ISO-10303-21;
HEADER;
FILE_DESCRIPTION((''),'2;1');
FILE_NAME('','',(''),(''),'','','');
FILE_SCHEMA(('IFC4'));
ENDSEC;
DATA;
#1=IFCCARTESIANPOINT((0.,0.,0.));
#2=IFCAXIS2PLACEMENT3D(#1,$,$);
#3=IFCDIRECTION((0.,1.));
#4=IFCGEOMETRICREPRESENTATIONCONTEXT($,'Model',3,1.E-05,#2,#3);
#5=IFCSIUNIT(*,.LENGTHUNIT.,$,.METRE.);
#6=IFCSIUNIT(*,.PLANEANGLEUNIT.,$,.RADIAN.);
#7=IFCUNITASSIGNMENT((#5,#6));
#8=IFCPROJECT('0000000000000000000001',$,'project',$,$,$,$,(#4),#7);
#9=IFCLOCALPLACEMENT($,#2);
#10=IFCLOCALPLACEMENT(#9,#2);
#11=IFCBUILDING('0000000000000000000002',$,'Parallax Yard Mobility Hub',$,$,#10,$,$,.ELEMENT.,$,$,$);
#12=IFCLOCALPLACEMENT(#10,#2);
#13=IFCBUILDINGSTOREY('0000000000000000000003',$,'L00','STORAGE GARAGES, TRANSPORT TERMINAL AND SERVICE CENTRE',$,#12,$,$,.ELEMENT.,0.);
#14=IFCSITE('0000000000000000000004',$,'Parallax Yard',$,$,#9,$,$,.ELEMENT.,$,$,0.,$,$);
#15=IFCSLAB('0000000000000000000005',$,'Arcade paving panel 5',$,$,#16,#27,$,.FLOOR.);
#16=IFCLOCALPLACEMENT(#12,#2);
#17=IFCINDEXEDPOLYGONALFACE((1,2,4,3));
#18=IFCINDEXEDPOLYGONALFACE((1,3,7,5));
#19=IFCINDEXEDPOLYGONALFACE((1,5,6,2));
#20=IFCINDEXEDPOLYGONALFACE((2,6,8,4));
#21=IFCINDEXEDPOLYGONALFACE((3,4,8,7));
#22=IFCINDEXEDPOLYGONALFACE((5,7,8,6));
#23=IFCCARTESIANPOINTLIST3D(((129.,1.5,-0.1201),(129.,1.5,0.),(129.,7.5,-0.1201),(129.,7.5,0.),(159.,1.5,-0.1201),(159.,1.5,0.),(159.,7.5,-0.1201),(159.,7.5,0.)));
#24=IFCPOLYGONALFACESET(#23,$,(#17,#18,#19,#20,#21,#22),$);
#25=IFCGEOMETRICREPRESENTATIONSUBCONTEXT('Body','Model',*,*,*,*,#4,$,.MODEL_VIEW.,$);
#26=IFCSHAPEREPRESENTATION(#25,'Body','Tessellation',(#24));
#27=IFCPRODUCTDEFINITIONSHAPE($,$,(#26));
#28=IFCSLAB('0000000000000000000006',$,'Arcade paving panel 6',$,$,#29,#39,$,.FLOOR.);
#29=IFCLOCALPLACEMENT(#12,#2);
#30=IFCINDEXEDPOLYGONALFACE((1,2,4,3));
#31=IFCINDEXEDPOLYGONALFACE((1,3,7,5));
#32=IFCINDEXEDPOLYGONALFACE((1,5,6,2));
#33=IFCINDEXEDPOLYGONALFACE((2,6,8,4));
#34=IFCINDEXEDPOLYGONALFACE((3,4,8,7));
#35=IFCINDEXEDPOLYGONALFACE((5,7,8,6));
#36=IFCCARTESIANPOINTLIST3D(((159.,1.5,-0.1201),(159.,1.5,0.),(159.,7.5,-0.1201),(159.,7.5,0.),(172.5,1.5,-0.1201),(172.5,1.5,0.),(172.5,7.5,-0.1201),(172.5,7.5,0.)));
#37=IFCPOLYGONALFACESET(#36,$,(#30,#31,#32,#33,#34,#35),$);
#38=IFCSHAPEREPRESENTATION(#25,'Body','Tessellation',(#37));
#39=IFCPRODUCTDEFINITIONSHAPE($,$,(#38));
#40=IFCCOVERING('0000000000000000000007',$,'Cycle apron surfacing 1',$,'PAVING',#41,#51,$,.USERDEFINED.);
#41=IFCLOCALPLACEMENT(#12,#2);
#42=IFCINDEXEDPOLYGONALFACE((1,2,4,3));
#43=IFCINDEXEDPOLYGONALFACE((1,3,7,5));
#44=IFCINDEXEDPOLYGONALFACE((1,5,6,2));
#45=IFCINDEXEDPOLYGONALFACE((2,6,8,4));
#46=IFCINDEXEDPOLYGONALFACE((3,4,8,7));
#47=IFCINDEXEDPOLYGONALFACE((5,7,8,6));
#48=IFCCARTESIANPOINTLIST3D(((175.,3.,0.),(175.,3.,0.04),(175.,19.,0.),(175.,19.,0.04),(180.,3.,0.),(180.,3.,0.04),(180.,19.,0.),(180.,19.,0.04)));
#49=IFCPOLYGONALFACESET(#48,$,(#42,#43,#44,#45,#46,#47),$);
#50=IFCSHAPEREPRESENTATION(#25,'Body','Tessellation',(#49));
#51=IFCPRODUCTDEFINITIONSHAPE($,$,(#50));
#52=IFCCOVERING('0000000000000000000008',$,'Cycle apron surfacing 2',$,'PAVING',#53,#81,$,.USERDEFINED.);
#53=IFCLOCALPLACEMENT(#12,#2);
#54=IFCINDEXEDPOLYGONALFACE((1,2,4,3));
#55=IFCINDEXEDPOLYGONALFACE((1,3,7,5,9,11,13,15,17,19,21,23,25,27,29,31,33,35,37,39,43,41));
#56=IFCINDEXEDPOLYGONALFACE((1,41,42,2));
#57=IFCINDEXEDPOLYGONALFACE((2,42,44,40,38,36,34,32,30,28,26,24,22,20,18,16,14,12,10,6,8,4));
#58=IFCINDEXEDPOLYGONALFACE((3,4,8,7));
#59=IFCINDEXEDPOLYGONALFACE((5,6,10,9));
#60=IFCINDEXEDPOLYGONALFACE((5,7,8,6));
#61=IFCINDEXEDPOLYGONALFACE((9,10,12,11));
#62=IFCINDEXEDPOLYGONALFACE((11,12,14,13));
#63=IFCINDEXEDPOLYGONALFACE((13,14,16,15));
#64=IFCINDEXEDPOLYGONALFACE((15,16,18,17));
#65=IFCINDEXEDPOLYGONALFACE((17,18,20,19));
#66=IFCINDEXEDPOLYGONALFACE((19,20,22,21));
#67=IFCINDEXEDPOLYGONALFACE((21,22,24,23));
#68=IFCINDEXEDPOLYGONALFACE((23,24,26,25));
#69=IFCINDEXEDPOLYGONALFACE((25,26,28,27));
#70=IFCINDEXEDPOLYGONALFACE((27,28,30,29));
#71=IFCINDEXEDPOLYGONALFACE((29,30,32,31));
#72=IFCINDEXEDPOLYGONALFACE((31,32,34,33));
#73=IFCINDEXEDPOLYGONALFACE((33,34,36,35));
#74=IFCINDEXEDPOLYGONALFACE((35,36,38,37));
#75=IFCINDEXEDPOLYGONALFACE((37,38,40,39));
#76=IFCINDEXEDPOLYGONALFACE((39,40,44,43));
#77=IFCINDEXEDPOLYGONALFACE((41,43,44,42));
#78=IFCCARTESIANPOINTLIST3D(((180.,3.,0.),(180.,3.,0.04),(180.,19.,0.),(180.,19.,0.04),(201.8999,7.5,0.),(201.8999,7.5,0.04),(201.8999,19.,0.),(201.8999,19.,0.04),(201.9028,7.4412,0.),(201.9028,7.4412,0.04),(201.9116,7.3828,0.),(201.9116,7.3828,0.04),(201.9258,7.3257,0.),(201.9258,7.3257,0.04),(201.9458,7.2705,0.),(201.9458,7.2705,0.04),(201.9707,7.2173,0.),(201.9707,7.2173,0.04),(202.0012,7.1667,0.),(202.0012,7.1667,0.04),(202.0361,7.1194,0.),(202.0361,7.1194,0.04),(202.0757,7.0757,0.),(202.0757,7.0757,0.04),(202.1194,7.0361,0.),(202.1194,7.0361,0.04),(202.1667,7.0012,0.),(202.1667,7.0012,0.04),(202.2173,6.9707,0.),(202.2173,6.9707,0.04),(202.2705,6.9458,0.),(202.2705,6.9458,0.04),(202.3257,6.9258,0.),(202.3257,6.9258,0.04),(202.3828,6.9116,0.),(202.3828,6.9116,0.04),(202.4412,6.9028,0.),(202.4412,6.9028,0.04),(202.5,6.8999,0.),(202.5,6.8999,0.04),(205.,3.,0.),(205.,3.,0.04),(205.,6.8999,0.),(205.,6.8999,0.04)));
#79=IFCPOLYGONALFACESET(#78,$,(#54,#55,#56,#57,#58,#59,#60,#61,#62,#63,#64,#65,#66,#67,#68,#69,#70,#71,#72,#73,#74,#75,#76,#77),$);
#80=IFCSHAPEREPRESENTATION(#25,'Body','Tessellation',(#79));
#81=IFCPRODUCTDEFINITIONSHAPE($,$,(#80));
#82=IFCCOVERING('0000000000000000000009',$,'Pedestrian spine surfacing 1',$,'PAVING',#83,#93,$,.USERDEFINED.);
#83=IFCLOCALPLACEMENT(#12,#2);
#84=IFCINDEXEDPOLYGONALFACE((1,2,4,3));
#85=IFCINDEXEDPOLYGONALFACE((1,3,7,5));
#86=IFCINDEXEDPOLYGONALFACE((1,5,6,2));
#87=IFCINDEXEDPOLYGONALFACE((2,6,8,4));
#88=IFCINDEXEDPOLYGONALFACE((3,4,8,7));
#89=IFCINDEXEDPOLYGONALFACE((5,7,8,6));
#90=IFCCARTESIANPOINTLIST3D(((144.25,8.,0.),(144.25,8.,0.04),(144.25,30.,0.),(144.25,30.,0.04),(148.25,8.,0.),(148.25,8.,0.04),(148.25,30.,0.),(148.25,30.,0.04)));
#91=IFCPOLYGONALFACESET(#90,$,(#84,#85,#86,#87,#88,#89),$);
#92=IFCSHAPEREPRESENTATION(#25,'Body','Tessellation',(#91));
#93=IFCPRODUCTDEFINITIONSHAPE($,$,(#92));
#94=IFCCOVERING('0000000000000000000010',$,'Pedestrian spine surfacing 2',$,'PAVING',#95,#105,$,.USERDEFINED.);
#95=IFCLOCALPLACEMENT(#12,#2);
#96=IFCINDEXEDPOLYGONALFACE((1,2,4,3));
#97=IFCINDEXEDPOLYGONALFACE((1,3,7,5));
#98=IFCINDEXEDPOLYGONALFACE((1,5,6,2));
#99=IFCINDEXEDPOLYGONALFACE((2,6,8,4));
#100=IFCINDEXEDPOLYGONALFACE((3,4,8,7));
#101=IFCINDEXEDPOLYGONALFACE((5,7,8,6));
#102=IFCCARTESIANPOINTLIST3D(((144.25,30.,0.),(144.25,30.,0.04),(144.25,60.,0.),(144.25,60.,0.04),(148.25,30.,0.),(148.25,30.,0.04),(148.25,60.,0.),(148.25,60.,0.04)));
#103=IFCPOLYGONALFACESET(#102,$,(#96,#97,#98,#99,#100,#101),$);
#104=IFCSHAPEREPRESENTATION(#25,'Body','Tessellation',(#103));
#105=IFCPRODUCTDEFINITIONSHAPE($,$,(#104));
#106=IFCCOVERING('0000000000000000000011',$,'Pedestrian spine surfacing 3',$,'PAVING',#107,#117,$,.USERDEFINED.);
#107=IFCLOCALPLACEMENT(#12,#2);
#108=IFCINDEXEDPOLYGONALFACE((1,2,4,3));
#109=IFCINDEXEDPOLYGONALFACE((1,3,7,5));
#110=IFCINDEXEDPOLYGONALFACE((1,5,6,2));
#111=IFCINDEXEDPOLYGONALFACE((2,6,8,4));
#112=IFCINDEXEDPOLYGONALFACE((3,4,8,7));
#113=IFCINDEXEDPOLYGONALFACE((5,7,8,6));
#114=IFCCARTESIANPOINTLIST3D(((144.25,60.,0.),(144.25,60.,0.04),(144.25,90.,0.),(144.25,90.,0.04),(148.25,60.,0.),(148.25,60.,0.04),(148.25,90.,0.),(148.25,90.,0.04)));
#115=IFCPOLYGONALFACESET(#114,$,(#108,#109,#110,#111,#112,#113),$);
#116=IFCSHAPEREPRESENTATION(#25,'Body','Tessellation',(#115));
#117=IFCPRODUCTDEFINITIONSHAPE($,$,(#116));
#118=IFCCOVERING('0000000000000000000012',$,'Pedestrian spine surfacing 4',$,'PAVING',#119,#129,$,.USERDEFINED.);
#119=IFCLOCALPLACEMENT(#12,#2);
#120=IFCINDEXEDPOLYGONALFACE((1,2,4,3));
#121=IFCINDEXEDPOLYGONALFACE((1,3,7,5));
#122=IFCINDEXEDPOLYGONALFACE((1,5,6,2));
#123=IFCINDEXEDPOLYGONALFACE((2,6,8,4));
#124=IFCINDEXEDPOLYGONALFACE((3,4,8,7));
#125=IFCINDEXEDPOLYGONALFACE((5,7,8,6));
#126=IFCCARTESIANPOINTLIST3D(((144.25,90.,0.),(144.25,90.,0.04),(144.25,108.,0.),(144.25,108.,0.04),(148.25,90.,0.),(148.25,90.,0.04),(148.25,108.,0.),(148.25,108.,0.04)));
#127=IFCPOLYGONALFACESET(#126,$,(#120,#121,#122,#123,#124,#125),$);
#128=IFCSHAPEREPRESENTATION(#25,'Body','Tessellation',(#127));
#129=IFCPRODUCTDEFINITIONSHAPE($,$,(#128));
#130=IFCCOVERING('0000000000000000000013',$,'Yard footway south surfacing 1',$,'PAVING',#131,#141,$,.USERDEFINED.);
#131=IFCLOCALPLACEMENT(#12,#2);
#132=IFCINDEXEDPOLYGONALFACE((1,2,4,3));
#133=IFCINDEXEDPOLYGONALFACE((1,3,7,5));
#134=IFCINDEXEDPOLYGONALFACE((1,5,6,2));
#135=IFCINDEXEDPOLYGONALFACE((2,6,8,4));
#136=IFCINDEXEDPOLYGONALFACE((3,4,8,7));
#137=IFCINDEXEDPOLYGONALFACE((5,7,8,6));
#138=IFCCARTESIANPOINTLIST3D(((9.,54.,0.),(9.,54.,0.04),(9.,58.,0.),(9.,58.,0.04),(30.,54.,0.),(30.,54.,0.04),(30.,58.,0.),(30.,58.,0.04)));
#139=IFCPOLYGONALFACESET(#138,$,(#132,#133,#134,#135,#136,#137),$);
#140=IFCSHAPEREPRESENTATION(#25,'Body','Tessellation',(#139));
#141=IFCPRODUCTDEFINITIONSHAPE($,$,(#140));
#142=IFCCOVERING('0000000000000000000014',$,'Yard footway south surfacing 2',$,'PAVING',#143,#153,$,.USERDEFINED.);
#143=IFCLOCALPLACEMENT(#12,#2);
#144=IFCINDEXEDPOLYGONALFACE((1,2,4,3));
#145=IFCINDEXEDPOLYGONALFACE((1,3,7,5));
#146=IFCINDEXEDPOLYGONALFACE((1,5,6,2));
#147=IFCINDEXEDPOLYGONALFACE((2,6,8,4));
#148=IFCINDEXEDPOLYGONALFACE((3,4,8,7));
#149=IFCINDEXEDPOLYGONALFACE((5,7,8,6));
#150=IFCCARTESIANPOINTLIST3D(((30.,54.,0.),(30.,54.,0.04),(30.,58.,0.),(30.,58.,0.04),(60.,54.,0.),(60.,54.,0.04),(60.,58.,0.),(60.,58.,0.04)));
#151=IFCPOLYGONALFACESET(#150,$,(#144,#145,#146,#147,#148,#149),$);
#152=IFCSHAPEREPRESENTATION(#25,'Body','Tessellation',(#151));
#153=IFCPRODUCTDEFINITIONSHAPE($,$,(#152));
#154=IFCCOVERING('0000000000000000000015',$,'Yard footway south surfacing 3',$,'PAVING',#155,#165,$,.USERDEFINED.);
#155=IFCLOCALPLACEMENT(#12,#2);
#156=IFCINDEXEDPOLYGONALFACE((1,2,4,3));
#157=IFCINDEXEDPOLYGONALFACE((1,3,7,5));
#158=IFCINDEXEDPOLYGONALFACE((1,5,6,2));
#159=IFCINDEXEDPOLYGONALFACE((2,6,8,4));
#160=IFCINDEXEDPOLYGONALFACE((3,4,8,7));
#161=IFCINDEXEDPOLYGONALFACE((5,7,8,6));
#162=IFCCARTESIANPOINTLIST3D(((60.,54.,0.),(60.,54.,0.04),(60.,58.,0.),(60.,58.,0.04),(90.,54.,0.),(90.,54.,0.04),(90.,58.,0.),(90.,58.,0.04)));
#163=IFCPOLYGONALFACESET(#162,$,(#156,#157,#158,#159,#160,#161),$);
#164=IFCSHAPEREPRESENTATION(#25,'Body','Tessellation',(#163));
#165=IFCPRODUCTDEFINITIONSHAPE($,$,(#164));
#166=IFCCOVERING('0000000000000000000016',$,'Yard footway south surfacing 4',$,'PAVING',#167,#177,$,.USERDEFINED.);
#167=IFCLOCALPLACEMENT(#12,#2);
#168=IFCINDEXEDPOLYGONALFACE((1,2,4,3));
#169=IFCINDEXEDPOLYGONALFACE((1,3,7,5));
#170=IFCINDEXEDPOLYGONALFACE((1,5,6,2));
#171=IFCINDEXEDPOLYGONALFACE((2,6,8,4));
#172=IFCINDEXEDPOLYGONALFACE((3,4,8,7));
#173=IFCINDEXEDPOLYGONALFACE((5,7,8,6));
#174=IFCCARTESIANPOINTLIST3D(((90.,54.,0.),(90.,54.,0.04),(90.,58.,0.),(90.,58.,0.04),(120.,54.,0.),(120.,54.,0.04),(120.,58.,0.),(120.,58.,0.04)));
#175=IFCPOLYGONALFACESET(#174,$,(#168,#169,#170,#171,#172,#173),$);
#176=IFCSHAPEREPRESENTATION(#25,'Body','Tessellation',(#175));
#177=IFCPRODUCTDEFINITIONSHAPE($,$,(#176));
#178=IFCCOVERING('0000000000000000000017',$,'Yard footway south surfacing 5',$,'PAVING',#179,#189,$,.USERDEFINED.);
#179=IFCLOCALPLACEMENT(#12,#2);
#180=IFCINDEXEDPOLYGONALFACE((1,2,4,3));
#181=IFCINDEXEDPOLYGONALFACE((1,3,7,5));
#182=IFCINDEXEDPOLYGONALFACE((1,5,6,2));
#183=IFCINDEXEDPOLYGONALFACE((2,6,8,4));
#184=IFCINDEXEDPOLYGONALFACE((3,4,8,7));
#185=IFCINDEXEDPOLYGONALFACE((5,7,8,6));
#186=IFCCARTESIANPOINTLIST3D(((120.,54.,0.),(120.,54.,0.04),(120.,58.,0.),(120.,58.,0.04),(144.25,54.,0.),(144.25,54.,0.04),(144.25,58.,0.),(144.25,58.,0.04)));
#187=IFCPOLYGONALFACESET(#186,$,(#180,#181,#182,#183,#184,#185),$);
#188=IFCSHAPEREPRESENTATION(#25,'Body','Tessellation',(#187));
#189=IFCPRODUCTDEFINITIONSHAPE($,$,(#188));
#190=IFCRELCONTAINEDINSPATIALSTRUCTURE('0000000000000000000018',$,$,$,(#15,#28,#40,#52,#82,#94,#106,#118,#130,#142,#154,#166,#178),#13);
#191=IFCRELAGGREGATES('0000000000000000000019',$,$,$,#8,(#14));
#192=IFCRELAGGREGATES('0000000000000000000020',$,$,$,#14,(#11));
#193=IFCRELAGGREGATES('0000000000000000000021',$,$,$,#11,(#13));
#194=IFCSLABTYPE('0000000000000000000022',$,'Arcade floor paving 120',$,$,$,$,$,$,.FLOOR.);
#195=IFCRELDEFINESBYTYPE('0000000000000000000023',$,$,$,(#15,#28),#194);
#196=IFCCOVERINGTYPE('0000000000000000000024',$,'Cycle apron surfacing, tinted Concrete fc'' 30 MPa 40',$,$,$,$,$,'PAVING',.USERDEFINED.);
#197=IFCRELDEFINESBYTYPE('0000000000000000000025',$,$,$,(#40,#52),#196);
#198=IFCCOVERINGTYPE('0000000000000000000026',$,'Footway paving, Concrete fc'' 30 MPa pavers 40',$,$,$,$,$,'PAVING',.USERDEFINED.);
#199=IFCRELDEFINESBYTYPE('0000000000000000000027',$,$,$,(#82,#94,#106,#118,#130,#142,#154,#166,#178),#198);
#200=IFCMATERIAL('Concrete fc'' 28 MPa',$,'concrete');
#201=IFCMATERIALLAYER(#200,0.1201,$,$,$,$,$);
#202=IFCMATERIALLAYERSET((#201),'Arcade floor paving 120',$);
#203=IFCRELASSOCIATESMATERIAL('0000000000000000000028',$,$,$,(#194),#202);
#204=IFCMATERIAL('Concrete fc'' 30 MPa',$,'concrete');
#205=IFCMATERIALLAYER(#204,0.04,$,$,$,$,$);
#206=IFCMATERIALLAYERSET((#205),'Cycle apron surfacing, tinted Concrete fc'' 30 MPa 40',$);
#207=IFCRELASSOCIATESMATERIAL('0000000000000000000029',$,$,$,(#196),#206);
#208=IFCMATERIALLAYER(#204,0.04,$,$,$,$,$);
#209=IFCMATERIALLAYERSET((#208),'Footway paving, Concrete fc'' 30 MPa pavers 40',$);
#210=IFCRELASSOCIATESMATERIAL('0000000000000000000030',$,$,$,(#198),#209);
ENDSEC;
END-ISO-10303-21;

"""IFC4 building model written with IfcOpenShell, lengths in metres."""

from ifc_helpers import new_model, si_unit, direction, frame, origin, place, context, subcontext, project, spatial, polyline, outline, extrude, material, layer, layer_set, type_object, element, save


model = new_model("IFC4")

# Units and contexts
model_context = context("Model", 3, precision=1e-05, world=origin(), true_north=direction((0.0, 1.0)))
body_context = subcontext(model_context, "Body", "Model", "MODEL_VIEW")
ifc_project = project(units=[si_unit("LENGTHUNIT", "METRE"), si_unit("PLANEANGLEUNIT", "RADIAN")], contexts=[model_context])

# Site, building, storey
site_placement = place(None, origin())
site = spatial("IfcSite", under=ifc_project, at=site_placement, Name="Parallax Yard", CompositionType="ELEMENT", RefElevation=0.0)
building_placement = place(site_placement, origin())
building = spatial("IfcBuilding", under=site, at=building_placement, Name="Parallax Yard Mobility Hub", CompositionType="ELEMENT")
storey_placement = place(building_placement, origin())
storey = spatial("IfcBuildingStorey", under=building, at=storey_placement, Name="L00", Description="STORAGE GARAGES, TRANSPORT TERMINAL AND SERVICE CENTRE", CompositionType="ELEMENT", Elevation=0.0)

# Slabs
ifc_material_1 = material(Name="Concrete fc' 28 MPa", Category="concrete")
ifc_layer_1 = layer(ifc_material_1, 0.1201)
ifc_layer_set_1 = layer_set([ifc_layer_1], Name="Arcade floor paving 120")
slab_type = type_object("IfcSlabType", Name="Arcade floor paving 120", PredefinedType="FLOOR", material=ifc_layer_set_1)
slab_1_placement = place(storey_placement, frame((0.0, 0.0, -0.1201)))
element("IfcSlab", 1, at=slab_1_placement, inside=storey, type_object=slab_type, Name="Arcade paving panel 5", PredefinedType="FLOOR", context=body_context, shape_type="SweptSolid", body=[
    extrude(outline(polyline([(159.0, 1.5), (159.0, 7.5), (129.0, 7.5), (129.0, 1.5), (159.0, 1.5)])), origin(), (0.0, 0.0, 1.0), 0.1201),
])
slab_2_placement = place(storey_placement, frame((0.0, 0.0, -0.1201)))
element("IfcSlab", 2, at=slab_2_placement, inside=storey, type_object=slab_type, Name="Arcade paving panel 6", PredefinedType="FLOOR", context=body_context, shape_type="SweptSolid", body=[
    extrude(outline(polyline([(172.5, 1.5), (172.5, 7.5), (159.0, 7.5), (159.0, 1.5), (172.5, 1.5)])), origin(), (0.0, 0.0, 1.0), 0.1201),
])

# Coverings
ifc_material_2 = material(Name="Concrete fc' 30 MPa", Category="concrete")
ifc_layer_2 = layer(ifc_material_2, 0.04)
ifc_layer_set_2 = layer_set([ifc_layer_2], Name="Cycle apron surfacing, tinted Concrete fc' 30 MPa 40")
covering_type_1 = type_object("IfcCoveringType", Name="Cycle apron surfacing, tinted Concrete fc' 30 MPa 40", ElementType="PAVING", PredefinedType="USERDEFINED", material=ifc_layer_set_2)
covering_1_placement = place(storey_placement, origin())
element("IfcCovering", 3, at=covering_1_placement, inside=storey, type_object=covering_type_1, Name="Cycle apron surfacing 1", ObjectType="PAVING", PredefinedType="USERDEFINED", context=body_context, shape_type="SweptSolid", body=[
    extrude(outline(polyline([(175.0, 19.0), (180.0, 19.0), (180.0, 3.0), (175.0, 3.0), (175.0, 19.0)])), origin(), (0.0, 0.0, 1.0), 0.04),
])
covering_2_placement = place(storey_placement, origin())
element("IfcCovering", 4, at=covering_2_placement, inside=storey, type_object=covering_type_1, Name="Cycle apron surfacing 2", ObjectType="PAVING", PredefinedType="USERDEFINED", context=body_context, shape_type="SweptSolid", body=[
    extrude(outline(polyline([(201.8999, 19.0), (201.8999, 7.5), (201.9028, 7.4412), (201.9116, 7.3828), (201.9258, 7.3257), (201.9458, 7.2705), (201.9707, 7.2173), (202.0012, 7.1667), (202.0361, 7.1194), (202.0757, 7.0757), (202.1194, 7.0361), (202.1667, 7.0012), (202.2173, 6.9707), (202.2705, 6.9458), (202.3257, 6.9258), (202.3828, 6.9116), (202.4412, 6.9028), (202.5, 6.8999), (205.0, 6.8999), (205.0, 3.0), (180.0, 3.0), (180.0, 19.0), (201.8999, 19.0)])), origin(), (0.0, 0.0, 1.0), 0.04),
])
ifc_layer_3 = layer(ifc_material_2, 0.04)
ifc_layer_set_3 = layer_set([ifc_layer_3], Name="Footway paving, Concrete fc' 30 MPa pavers 40")
covering_type_2 = type_object("IfcCoveringType", Name="Footway paving, Concrete fc' 30 MPa pavers 40", ElementType="PAVING", PredefinedType="USERDEFINED", material=ifc_layer_set_3)
covering_3_placement = place(storey_placement, origin())
element("IfcCovering", 5, at=covering_3_placement, inside=storey, type_object=covering_type_2, Name="Pedestrian spine surfacing 1", ObjectType="PAVING", PredefinedType="USERDEFINED", context=body_context, shape_type="SweptSolid", body=[
    extrude(outline(polyline([(148.25, 8.0), (144.25, 8.0), (144.25, 30.0), (148.25, 30.0), (148.25, 8.0)])), origin(), (0.0, 0.0, 1.0), 0.04),
])
covering_4_placement = place(storey_placement, origin())
element("IfcCovering", 6, at=covering_4_placement, inside=storey, type_object=covering_type_2, Name="Pedestrian spine surfacing 2", ObjectType="PAVING", PredefinedType="USERDEFINED", context=body_context, shape_type="SweptSolid", body=[
    extrude(outline(polyline([(148.25, 30.0), (144.25, 30.0), (144.25, 60.0), (148.25, 60.0), (148.25, 30.0)])), origin(), (0.0, 0.0, 1.0), 0.04),
])
covering_5_placement = place(storey_placement, origin())
element("IfcCovering", 7, at=covering_5_placement, inside=storey, type_object=covering_type_2, Name="Pedestrian spine surfacing 3", ObjectType="PAVING", PredefinedType="USERDEFINED", context=body_context, shape_type="SweptSolid", body=[
    extrude(outline(polyline([(148.25, 60.0), (144.25, 60.0), (144.25, 90.0), (148.25, 90.0), (148.25, 60.0)])), origin(), (0.0, 0.0, 1.0), 0.04),
])
covering_6_placement = place(storey_placement, origin())
element("IfcCovering", 8, at=covering_6_placement, inside=storey, type_object=covering_type_2, Name="Pedestrian spine surfacing 4", ObjectType="PAVING", PredefinedType="USERDEFINED", context=body_context, shape_type="SweptSolid", body=[
    extrude(outline(polyline([(148.25, 108.0), (148.25, 90.0), (144.25, 90.0), (144.25, 108.0), (148.25, 108.0)])), origin(), (0.0, 0.0, 1.0), 0.04),
])
covering_7_placement = place(storey_placement, origin())
element("IfcCovering", 9, at=covering_7_placement, inside=storey, type_object=covering_type_2, Name="Yard footway south surfacing 1", ObjectType="PAVING", PredefinedType="USERDEFINED", context=body_context, shape_type="SweptSolid", body=[
    extrude(outline(polyline([(30.0, 58.0), (30.0, 54.0), (9.0, 54.0), (9.0, 58.0), (30.0, 58.0)])), origin(), (0.0, 0.0, 1.0), 0.04),
])
covering_8_placement = place(storey_placement, origin())
element("IfcCovering", 10, at=covering_8_placement, inside=storey, type_object=covering_type_2, Name="Yard footway south surfacing 2", ObjectType="PAVING", PredefinedType="USERDEFINED", context=body_context, shape_type="SweptSolid", body=[
    extrude(outline(polyline([(60.0, 58.0), (60.0, 54.0), (30.0, 54.0), (30.0, 58.0), (60.0, 58.0)])), origin(), (0.0, 0.0, 1.0), 0.04),
])
covering_9_placement = place(storey_placement, origin())
element("IfcCovering", 11, at=covering_9_placement, inside=storey, type_object=covering_type_2, Name="Yard footway south surfacing 3", ObjectType="PAVING", PredefinedType="USERDEFINED", context=body_context, shape_type="SweptSolid", body=[
    extrude(outline(polyline([(90.0, 58.0), (90.0, 54.0), (60.0, 54.0), (60.0, 58.0), (90.0, 58.0)])), origin(), (0.0, 0.0, 1.0), 0.04),
])
covering_10_placement = place(storey_placement, origin())
element("IfcCovering", 12, at=covering_10_placement, inside=storey, type_object=covering_type_2, Name="Yard footway south surfacing 4", ObjectType="PAVING", PredefinedType="USERDEFINED", context=body_context, shape_type="SweptSolid", body=[
    extrude(outline(polyline([(120.0, 58.0), (120.0, 54.0), (90.0, 54.0), (90.0, 58.0), (120.0, 58.0)])), origin(), (0.0, 0.0, 1.0), 0.04),
])
covering_11_placement = place(storey_placement, origin())
element("IfcCovering", 13, at=covering_11_placement, inside=storey, type_object=covering_type_2, Name="Yard footway south surfacing 5", ObjectType="PAVING", PredefinedType="USERDEFINED", context=body_context, shape_type="SweptSolid", body=[
    extrude(outline(polyline([(144.25, 58.0), (144.25, 54.0), (120.0, 54.0), (120.0, 58.0), (144.25, 58.0)])), origin(), (0.0, 0.0, 1.0), 0.04),
])

save(model, "model.ifc")
